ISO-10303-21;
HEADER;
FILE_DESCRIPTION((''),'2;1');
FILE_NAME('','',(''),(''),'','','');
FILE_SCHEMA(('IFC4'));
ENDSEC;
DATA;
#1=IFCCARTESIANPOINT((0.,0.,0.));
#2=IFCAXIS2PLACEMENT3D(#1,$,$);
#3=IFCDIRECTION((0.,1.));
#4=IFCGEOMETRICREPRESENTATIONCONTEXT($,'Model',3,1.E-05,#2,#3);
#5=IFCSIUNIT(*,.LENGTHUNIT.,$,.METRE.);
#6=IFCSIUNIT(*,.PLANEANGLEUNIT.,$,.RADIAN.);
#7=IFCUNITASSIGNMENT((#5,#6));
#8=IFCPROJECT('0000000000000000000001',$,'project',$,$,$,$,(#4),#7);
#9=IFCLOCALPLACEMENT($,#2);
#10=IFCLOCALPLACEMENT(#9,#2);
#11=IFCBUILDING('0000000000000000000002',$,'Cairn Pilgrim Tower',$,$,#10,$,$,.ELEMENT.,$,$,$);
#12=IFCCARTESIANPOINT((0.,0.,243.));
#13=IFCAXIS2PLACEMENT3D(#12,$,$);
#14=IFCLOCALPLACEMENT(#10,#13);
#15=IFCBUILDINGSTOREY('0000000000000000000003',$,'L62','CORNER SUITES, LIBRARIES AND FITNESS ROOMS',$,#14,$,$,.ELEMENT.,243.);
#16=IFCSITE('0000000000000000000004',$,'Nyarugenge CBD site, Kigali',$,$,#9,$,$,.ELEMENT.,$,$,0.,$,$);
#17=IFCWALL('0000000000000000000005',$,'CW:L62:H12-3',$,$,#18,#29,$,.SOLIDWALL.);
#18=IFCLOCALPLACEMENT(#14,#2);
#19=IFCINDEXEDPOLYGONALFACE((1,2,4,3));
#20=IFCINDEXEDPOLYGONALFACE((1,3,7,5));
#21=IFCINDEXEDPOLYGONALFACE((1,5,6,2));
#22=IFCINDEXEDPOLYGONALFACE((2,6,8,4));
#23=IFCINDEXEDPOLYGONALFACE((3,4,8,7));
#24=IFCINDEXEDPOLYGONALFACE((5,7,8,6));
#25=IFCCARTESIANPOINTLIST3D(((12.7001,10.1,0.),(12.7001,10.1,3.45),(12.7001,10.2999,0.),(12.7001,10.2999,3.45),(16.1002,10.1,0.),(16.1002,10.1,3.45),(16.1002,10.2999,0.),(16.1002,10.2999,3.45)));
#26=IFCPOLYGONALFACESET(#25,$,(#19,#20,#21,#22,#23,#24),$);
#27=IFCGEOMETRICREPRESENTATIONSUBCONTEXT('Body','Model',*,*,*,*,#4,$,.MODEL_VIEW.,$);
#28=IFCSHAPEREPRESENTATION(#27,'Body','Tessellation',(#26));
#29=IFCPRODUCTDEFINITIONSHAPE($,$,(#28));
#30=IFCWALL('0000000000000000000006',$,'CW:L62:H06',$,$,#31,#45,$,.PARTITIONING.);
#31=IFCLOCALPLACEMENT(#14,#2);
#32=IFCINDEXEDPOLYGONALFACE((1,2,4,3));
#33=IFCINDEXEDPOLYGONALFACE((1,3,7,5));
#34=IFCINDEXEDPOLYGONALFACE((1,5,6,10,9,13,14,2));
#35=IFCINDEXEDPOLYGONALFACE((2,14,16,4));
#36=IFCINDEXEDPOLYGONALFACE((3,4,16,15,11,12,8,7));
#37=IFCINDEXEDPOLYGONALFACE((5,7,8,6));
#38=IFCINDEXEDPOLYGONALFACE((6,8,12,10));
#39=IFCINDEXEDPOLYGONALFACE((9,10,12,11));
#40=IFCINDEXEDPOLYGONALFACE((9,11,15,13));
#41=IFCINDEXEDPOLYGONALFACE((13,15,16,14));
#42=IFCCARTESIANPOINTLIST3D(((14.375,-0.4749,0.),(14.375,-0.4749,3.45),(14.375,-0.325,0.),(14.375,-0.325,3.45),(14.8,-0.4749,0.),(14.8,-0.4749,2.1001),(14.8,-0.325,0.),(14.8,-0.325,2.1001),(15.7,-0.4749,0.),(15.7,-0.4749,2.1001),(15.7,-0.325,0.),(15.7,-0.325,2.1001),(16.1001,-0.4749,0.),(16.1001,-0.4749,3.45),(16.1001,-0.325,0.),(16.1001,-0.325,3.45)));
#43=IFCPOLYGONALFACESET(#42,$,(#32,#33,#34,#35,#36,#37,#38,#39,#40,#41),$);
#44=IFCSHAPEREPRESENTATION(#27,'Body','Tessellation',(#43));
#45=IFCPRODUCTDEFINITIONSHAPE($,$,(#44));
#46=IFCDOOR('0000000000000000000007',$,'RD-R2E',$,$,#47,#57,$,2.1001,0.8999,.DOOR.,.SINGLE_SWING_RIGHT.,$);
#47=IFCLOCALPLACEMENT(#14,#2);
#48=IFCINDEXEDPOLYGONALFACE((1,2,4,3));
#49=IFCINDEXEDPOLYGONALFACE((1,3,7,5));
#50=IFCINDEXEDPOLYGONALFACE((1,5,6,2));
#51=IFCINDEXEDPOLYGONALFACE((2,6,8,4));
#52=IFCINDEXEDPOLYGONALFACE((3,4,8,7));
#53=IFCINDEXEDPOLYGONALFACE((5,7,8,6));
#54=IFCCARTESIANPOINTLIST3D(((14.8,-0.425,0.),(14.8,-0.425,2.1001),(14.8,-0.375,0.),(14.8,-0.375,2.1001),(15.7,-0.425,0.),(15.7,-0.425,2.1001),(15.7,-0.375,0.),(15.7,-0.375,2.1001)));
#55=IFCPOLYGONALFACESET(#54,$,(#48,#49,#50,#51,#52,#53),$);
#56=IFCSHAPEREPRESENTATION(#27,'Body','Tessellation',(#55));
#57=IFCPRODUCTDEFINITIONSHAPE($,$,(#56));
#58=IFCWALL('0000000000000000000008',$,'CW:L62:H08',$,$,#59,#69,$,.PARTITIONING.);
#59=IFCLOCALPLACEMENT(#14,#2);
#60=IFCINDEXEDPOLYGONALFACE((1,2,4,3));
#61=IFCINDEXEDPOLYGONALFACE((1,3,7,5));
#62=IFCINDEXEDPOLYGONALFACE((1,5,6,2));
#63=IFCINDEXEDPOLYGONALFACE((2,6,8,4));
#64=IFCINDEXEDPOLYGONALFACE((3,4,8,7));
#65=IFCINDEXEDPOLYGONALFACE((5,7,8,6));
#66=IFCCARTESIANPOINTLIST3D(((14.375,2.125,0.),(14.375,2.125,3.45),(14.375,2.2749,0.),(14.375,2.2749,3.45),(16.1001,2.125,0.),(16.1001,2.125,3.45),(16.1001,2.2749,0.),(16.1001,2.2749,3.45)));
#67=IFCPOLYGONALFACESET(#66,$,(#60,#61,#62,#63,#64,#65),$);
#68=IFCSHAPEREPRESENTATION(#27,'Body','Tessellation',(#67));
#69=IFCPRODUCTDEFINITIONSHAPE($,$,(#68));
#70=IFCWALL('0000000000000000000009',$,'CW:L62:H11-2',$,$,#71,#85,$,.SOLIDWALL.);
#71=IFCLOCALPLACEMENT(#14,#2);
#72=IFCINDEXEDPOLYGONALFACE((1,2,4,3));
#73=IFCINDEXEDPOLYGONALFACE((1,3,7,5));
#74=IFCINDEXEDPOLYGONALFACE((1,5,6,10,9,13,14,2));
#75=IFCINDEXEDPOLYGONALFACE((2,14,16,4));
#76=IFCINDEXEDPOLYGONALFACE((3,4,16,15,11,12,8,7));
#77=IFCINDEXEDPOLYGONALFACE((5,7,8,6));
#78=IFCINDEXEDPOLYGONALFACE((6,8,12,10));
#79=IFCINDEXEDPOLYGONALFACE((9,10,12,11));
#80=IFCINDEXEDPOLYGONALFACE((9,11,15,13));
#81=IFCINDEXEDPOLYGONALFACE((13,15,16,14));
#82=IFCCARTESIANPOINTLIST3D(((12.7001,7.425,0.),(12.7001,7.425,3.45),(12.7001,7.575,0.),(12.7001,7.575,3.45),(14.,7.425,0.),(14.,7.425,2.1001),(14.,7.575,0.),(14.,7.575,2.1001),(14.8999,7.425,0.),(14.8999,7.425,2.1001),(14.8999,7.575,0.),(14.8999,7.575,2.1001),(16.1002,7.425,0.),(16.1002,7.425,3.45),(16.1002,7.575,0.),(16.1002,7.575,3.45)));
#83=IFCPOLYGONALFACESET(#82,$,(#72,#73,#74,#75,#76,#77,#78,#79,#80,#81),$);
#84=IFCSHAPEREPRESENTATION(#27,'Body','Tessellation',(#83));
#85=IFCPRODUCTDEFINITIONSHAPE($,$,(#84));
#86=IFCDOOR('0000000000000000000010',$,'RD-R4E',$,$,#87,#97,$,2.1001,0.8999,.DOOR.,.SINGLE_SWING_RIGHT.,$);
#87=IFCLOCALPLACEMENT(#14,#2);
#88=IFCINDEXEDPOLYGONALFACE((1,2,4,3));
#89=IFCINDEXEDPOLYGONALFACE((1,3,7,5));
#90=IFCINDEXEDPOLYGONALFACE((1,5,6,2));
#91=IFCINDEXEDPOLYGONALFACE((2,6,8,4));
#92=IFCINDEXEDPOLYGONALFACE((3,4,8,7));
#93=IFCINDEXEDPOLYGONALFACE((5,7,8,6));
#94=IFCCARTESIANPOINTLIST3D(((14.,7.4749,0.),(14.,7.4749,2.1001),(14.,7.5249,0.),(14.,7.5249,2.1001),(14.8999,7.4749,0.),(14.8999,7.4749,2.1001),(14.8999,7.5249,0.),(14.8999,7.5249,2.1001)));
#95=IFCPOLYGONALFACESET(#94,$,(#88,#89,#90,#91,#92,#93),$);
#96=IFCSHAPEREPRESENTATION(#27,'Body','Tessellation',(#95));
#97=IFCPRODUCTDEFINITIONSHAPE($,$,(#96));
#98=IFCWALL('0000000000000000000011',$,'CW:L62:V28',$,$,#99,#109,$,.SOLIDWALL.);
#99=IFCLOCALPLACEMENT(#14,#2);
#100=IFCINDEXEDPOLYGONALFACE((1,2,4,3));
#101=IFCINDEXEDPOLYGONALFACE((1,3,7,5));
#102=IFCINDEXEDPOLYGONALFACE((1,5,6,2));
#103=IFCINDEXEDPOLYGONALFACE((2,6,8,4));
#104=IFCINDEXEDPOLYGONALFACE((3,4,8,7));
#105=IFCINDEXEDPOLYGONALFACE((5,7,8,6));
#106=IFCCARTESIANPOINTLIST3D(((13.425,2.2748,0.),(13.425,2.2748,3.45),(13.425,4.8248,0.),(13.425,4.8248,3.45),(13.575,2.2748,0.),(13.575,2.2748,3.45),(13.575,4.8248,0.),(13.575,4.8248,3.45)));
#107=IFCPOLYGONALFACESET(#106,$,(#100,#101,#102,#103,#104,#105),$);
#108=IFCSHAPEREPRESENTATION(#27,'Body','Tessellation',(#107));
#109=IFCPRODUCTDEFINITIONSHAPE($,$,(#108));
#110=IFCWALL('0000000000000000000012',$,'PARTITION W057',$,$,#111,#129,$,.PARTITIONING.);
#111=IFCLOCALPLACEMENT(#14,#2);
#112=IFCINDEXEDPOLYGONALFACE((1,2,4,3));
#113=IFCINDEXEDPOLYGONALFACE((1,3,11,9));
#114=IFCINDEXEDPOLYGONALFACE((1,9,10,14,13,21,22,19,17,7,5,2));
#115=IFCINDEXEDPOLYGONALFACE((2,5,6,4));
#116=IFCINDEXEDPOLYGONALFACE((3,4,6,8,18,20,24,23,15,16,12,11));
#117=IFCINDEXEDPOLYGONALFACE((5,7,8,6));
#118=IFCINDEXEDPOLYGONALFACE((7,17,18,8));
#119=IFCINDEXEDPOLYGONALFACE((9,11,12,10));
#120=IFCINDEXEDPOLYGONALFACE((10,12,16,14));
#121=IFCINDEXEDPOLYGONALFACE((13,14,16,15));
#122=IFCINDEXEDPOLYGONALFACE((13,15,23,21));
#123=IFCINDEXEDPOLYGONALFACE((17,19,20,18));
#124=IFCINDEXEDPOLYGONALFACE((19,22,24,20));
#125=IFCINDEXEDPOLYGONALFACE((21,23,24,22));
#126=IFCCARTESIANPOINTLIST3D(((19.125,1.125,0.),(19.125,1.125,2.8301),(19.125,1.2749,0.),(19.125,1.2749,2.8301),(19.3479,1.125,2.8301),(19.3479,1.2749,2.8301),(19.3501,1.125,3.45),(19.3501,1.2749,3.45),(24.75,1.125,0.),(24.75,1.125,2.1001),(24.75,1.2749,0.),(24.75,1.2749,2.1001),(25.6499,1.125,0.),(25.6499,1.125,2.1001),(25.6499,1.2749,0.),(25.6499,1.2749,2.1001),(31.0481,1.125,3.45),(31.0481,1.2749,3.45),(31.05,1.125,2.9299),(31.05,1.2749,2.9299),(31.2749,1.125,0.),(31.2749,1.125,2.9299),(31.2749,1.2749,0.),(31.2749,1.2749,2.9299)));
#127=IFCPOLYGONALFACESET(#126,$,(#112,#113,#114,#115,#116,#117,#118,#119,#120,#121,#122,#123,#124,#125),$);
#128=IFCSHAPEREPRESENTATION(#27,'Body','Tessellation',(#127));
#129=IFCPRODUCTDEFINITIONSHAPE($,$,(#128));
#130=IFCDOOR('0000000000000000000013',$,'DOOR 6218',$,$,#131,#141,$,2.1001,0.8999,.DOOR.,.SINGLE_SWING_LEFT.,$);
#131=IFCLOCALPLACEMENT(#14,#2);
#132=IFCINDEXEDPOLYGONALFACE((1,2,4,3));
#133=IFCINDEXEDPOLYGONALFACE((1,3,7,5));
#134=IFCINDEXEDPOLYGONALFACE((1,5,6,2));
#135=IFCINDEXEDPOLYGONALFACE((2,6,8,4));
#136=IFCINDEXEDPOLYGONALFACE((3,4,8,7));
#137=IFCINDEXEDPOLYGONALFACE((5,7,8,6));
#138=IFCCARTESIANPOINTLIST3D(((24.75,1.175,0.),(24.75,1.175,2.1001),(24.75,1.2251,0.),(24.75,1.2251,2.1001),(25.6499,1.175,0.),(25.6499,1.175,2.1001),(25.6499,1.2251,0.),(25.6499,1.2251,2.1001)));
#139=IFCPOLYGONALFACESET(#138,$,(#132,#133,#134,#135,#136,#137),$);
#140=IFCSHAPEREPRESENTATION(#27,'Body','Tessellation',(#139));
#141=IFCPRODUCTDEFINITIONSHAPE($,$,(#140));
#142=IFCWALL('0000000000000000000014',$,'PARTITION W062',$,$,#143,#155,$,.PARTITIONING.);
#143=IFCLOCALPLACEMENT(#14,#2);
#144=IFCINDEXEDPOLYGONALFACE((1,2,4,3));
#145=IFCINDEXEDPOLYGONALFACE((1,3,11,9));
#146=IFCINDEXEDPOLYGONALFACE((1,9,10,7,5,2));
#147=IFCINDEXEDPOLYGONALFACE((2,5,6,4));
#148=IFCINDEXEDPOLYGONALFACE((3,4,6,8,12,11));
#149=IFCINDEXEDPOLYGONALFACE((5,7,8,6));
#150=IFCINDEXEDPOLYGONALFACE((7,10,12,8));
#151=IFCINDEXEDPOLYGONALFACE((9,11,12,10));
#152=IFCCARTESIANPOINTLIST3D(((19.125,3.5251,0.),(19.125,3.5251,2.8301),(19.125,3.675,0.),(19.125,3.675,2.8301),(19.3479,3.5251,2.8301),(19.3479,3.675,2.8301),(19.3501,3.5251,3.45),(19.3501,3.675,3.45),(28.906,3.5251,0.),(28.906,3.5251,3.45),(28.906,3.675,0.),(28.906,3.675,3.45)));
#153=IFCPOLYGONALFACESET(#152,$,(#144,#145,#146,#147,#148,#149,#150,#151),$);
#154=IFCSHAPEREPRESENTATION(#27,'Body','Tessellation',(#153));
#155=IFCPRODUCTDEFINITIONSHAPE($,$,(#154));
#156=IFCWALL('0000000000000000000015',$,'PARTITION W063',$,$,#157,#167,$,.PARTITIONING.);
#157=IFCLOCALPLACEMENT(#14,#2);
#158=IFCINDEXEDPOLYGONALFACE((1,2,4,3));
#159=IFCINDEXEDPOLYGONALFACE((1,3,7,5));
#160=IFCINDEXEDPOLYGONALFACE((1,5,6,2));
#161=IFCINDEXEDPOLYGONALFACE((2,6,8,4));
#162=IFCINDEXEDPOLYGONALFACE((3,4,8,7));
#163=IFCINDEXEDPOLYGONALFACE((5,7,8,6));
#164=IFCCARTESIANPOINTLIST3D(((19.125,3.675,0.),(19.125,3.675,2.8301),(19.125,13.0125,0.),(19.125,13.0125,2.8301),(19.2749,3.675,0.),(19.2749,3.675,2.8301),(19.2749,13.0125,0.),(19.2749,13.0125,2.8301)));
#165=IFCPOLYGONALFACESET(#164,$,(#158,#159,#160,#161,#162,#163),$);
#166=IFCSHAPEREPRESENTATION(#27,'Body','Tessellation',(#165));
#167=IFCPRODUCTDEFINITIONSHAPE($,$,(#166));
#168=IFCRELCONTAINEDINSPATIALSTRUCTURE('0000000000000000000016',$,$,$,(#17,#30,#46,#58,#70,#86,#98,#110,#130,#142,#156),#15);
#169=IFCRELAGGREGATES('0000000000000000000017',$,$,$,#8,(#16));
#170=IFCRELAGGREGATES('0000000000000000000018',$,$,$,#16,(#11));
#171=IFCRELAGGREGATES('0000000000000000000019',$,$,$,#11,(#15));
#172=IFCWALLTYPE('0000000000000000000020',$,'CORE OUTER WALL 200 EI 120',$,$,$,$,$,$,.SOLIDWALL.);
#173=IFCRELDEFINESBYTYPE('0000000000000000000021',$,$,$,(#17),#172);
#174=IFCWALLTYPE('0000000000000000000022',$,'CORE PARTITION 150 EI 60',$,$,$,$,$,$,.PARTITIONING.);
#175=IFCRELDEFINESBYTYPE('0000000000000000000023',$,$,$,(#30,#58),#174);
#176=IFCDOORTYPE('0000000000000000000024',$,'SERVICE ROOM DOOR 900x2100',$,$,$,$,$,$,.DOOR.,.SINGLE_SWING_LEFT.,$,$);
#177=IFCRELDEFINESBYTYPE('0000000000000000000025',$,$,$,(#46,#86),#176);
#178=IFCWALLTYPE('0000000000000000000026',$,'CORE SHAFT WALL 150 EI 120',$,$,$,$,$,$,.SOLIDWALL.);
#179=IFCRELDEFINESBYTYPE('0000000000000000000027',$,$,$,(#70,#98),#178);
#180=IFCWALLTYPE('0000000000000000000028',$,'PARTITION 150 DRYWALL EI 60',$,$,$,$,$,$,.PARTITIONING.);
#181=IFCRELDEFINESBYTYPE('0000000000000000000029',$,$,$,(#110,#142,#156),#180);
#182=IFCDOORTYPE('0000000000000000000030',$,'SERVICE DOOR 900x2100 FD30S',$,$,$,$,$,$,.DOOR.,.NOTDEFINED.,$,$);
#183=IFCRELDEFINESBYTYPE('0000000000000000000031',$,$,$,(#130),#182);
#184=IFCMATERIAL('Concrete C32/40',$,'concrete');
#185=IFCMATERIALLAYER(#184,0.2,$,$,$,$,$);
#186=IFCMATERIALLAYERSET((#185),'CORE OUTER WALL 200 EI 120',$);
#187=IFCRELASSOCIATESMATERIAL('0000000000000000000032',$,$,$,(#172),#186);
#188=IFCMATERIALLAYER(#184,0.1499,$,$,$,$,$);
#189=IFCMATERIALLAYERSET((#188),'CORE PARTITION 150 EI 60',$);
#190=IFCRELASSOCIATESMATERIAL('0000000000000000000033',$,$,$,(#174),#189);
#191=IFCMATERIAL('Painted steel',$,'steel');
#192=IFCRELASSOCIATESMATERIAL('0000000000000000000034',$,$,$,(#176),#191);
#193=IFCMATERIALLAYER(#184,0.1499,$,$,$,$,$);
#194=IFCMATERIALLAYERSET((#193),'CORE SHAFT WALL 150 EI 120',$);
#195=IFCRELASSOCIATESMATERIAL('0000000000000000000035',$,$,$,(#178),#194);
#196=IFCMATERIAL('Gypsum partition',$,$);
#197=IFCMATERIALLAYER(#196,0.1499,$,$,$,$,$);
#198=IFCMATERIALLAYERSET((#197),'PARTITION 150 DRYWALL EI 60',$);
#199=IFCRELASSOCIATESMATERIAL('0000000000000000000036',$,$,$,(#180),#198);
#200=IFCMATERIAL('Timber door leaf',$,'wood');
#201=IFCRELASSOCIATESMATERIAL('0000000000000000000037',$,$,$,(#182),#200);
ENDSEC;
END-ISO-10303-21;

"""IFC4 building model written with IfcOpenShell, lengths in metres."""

from ifc_helpers import new_model, si_unit, direction, frame, frame_2d, origin, place, context, subcontext, project, spatial, polyline, rectangle, outline, extrude, material, layer, layer_set, type_object, element, fill, save


model = new_model("IFC4")

# Units and contexts
model_context = context("Model", 3, precision=1e-05, world=origin(), true_north=direction((0.0, 1.0)))
body_context = subcontext(model_context, "Body", "Model", "MODEL_VIEW")
ifc_project = project(units=[si_unit("LENGTHUNIT", "METRE"), si_unit("PLANEANGLEUNIT", "RADIAN")], contexts=[model_context])

# Site, building, storey
site_placement = place(None, origin())
site = spatial("IfcSite", under=ifc_project, at=site_placement, Name="Nyarugenge CBD site, Kigali", CompositionType="ELEMENT", RefElevation=0.0)
building_placement = place(site_placement, origin())
building = spatial("IfcBuilding", under=site, at=building_placement, Name="Cairn Pilgrim Tower", CompositionType="ELEMENT")
storey_placement = place(building_placement, frame((0.0, 0.0, 243.0)))
storey = spatial("IfcBuildingStorey", under=building, at=storey_placement, Name="L62", Description="CORNER SUITES, LIBRARIES AND FITNESS ROOMS", CompositionType="ELEMENT", Elevation=243.0)

# Wall
ifc_material_1 = material(Name="Concrete C32/40", Category="concrete")
ifc_layer_1 = layer(ifc_material_1, 0.2)
ifc_layer_set_1 = layer_set([ifc_layer_1], Name="CORE OUTER WALL 200 EI 120")
wall_type_1 = type_object("IfcWallType", Name="CORE OUTER WALL 200 EI 120", PredefinedType="SOLIDWALL", material=ifc_layer_set_1)
wall_1_placement = place(storey_placement, frame((12.7, 10.2, 0.0), z_axis=(0.0, 0.0, 1.0), x_axis=(1.0, 0.0, 0.0)))
element("IfcWall", 1, at=wall_1_placement, inside=storey, type_object=wall_type_1, Name="CW:L62:H12-3", PredefinedType="SOLIDWALL", context=body_context, shape_type="SweptSolid", body=[
    extrude(rectangle(XDim=3.4001, YDim=0.2, at=frame_2d((1.7002, 0.0))), origin(), (0.0, 0.0, 1.0), 3.45),
])

# Wall, opening, door
ifc_layer_2 = layer(ifc_material_1, 0.1499)
ifc_layer_set_2 = layer_set([ifc_layer_2], Name="CORE PARTITION 150 EI 60")
wall_type_2 = type_object("IfcWallType", Name="CORE PARTITION 150 EI 60", PredefinedType="PARTITIONING", material=ifc_layer_set_2)
wall_2_placement = place(storey_placement, frame((14.375, -0.3999, 0.0), z_axis=(0.0, 0.0, 1.0), x_axis=(1.0, 0.0, 0.0)))
wall_2 = element("IfcWall", 2, at=wall_2_placement, inside=storey, type_object=wall_type_2, Name="CW:L62:H06", PredefinedType="PARTITIONING", context=body_context, shape_type="SweptSolid", body=[
    extrude(rectangle(XDim=1.7251, YDim=0.1499, at=frame_2d((0.8625, 0.0))), origin(), (0.0, 0.0, 1.0), 3.45),
])
opening_1_placement = place(wall_2_placement, frame((0.425, 0.0, 0.0)))
opening_1 = element("IfcOpeningElement", 3, at=opening_1_placement, cuts=wall_2, PredefinedType="OPENING", context=body_context, shape_type="SweptSolid", body=[
    extrude(rectangle(XDim=0.8999, YDim=2.1001, at=frame_2d((0.45, 1.05))), frame((0.0, 0.085, 0.0), z_axis=(0.0, -1.0, 0.0), x_axis=(1.0, 0.0, 0.0)), (0.0, 0.0, 1.0), 0.1699),
])
ifc_material_2 = material(Name="Painted steel", Category="steel")
door_type_1 = type_object("IfcDoorType", Name="SERVICE ROOM DOOR 900x2100", OperationType="SINGLE_SWING_LEFT", PredefinedType="DOOR", material=ifc_material_2)
door_1_placement = place(opening_1_placement, origin())
door_1 = element("IfcDoor", 4, at=door_1_placement, inside=storey, type_object=door_type_1, Name="RD-R2E", OperationType="SINGLE_SWING_RIGHT", OverallHeight=2.1001, OverallWidth=0.8999, PredefinedType="DOOR", context=body_context, shape_type="SweptSolid", body=[
    extrude(rectangle(XDim=0.8999, YDim=2.1001, at=frame_2d((0.45, 1.05))), frame((0.0, 0.0249, 0.0), z_axis=(0.0, -1.0, 0.0), x_axis=(1.0, 0.0, 0.0)), (0.0, 0.0, 1.0), 0.05),
])
fill(opening_1, door_1)

# Wall
wall_3_placement = place(storey_placement, frame((14.375, 2.2, 0.0), z_axis=(0.0, 0.0, 1.0), x_axis=(1.0, 0.0, 0.0)))
element("IfcWall", 5, at=wall_3_placement, inside=storey, type_object=wall_type_2, Name="CW:L62:H08", PredefinedType="PARTITIONING", context=body_context, shape_type="SweptSolid", body=[
    extrude(rectangle(XDim=1.7251, YDim=0.1499, at=frame_2d((0.8625, 0.0))), origin(), (0.0, 0.0, 1.0), 3.45),
])

# Wall, opening, door
ifc_layer_3 = layer(ifc_material_1, 0.1499)
ifc_layer_set_3 = layer_set([ifc_layer_3], Name="CORE SHAFT WALL 150 EI 120")
wall_type_3 = type_object("IfcWallType", Name="CORE SHAFT WALL 150 EI 120", PredefinedType="SOLIDWALL", material=ifc_layer_set_3)
wall_4_placement = place(storey_placement, frame((12.7, 7.5, 0.0), z_axis=(0.0, 0.0, 1.0), x_axis=(1.0, 0.0, 0.0)))
wall_4 = element("IfcWall", 6, at=wall_4_placement, inside=storey, type_object=wall_type_3, Name="CW:L62:H11-2", PredefinedType="SOLIDWALL", context=body_context, shape_type="SweptSolid", body=[
    extrude(rectangle(XDim=3.4001, YDim=0.1499, at=frame_2d((1.7002, 0.0))), origin(), (0.0, 0.0, 1.0), 3.45),
])
opening_2_placement = place(wall_4_placement, frame((1.3, 0.0, 0.0)))
opening_2 = element("IfcOpeningElement", 7, at=opening_2_placement, cuts=wall_4, PredefinedType="OPENING", context=body_context, shape_type="SweptSolid", body=[
    extrude(rectangle(XDim=0.8999, YDim=2.1001, at=frame_2d((0.45, 1.05))), frame((0.0, 0.085, 0.0), z_axis=(0.0, -1.0, 0.0), x_axis=(1.0, 0.0, 0.0)), (0.0, 0.0, 1.0), 0.1699),
])
door_2_placement = place(opening_2_placement, origin())
door_2 = element("IfcDoor", 8, at=door_2_placement, inside=storey, type_object=door_type_1, Name="RD-R4E", OperationType="SINGLE_SWING_RIGHT", OverallHeight=2.1001, OverallWidth=0.8999, PredefinedType="DOOR", context=body_context, shape_type="SweptSolid", body=[
    extrude(rectangle(XDim=0.8999, YDim=2.1001, at=frame_2d((0.45, 1.05))), frame((0.0, 0.0249, 0.0), z_axis=(0.0, -1.0, 0.0), x_axis=(1.0, 0.0, 0.0)), (0.0, 0.0, 1.0), 0.05),
])
fill(opening_2, door_2)

# Wall
wall_5_placement = place(storey_placement, frame((13.5, 2.2749, 0.0), z_axis=(0.0, 0.0, 1.0), x_axis=(0.0, 1.0, 0.0)))
element("IfcWall", 9, at=wall_5_placement, inside=storey, type_object=wall_type_3, Name="CW:L62:V28", PredefinedType="SOLIDWALL", context=body_context, shape_type="SweptSolid", body=[
    extrude(rectangle(XDim=2.55, YDim=0.1499, at=frame_2d((1.2749, 0.0))), origin(), (0.0, 0.0, 1.0), 3.45),
])

# Wall, opening, door
ifc_material_3 = material(Name="Gypsum partition")
ifc_layer_4 = layer(ifc_material_3, 0.1499)
ifc_layer_set_4 = layer_set([ifc_layer_4], Name="PARTITION 150 DRYWALL EI 60")
wall_type_4 = type_object("IfcWallType", Name="PARTITION 150 DRYWALL EI 60", PredefinedType="PARTITIONING", material=ifc_layer_set_4)
wall_6_placement = place(storey_placement, frame((19.125, 1.2, 0.0), z_axis=(0.0, 0.0, 1.0), x_axis=(1.0, 0.0, 0.0)))
wall_6 = element("IfcWall", 10, at=wall_6_placement, inside=storey, type_object=wall_type_4, Name="PARTITION W057", PredefinedType="PARTITIONING", context=body_context, shape_type="SweptSolid", body=[
    extrude(outline(polyline([(0.0, 0.0), (12.1499, 0.0), (12.1499, 2.9299), (11.925, 2.9299), (11.9231, 3.45), (0.2251, 3.45), (0.2229, 2.8301), (0.0, 2.8301), (0.0, 0.0)])), frame((0.0, 0.075, 0.0), z_axis=(0.0, -1.0, 0.0), x_axis=(1.0, 0.0, 0.0)), (0.0, 0.0, 1.0), 0.1499),
])
opening_3_placement = place(wall_6_placement, frame((5.625, 0.0, 0.0)))
opening_3 = element("IfcOpeningElement", 11, at=opening_3_placement, cuts=wall_6, PredefinedType="OPENING", context=body_context, shape_type="SweptSolid", body=[
    extrude(rectangle(XDim=0.8999, YDim=2.1001, at=frame_2d((0.45, 1.05))), frame((0.0, 0.085, 0.0), z_axis=(0.0, -1.0, 0.0), x_axis=(1.0, 0.0, 0.0)), (0.0, 0.0, 1.0), 0.1699),
])
ifc_material_4 = material(Name="Timber door leaf", Category="wood")
door_type_2 = type_object("IfcDoorType", Name="SERVICE DOOR 900x2100 FD30S", OperationType="NOTDEFINED", PredefinedType="DOOR", material=ifc_material_4)
door_3_placement = place(opening_3_placement, frame((0.8999, 0.0, 0.0), z_axis=(0.0, 0.0, 1.0), x_axis=(-1.0, 0.0, 0.0)))
door_3 = element("IfcDoor", 12, at=door_3_placement, inside=storey, type_object=door_type_2, Name="DOOR 6218", OperationType="SINGLE_SWING_LEFT", OverallHeight=2.1001, OverallWidth=0.8999, PredefinedType="DOOR", context=body_context, shape_type="SweptSolid", body=[
    extrude(rectangle(XDim=0.8999, YDim=2.1001, at=frame_2d((0.45, 1.05))), frame((0.0, 0.0249, 0.0), z_axis=(0.0, -1.0, 0.0), x_axis=(1.0, 0.0, 0.0)), (0.0, 0.0, 1.0), 0.05),
])
fill(opening_3, door_3)

# Walls
wall_7_placement = place(storey_placement, frame((19.125, 3.6001, 0.0), z_axis=(0.0, 0.0, 1.0), x_axis=(1.0, 0.0, 0.0)))
element("IfcWall", 13, at=wall_7_placement, inside=storey, type_object=wall_type_4, Name="PARTITION W062", PredefinedType="PARTITIONING", context=body_context, shape_type="SweptSolid", body=[
    extrude(outline(polyline([(0.0, 0.0), (9.781, 0.0), (9.781, 3.45), (0.2251, 3.45), (0.2229, 2.8301), (0.0, 2.8301), (0.0, 0.0)])), frame((0.0, 0.075, 0.0), z_axis=(0.0, -1.0, 0.0), x_axis=(1.0, 0.0, 0.0)), (0.0, 0.0, 1.0), 0.1499),
])
wall_8_placement = place(storey_placement, frame((19.2, 3.675, 0.0), z_axis=(0.0, 0.0, 1.0), x_axis=(0.0, 1.0, 0.0)))
element("IfcWall", 14, at=wall_8_placement, inside=storey, type_object=wall_type_4, Name="PARTITION W063", PredefinedType="PARTITIONING", context=body_context, shape_type="SweptSolid", body=[
    extrude(rectangle(XDim=9.3374, YDim=0.1499, at=frame_2d((4.6687, 0.0))), origin(), (0.0, 0.0, 1.0), 2.8301),
])

save(model, "model.ifc")
